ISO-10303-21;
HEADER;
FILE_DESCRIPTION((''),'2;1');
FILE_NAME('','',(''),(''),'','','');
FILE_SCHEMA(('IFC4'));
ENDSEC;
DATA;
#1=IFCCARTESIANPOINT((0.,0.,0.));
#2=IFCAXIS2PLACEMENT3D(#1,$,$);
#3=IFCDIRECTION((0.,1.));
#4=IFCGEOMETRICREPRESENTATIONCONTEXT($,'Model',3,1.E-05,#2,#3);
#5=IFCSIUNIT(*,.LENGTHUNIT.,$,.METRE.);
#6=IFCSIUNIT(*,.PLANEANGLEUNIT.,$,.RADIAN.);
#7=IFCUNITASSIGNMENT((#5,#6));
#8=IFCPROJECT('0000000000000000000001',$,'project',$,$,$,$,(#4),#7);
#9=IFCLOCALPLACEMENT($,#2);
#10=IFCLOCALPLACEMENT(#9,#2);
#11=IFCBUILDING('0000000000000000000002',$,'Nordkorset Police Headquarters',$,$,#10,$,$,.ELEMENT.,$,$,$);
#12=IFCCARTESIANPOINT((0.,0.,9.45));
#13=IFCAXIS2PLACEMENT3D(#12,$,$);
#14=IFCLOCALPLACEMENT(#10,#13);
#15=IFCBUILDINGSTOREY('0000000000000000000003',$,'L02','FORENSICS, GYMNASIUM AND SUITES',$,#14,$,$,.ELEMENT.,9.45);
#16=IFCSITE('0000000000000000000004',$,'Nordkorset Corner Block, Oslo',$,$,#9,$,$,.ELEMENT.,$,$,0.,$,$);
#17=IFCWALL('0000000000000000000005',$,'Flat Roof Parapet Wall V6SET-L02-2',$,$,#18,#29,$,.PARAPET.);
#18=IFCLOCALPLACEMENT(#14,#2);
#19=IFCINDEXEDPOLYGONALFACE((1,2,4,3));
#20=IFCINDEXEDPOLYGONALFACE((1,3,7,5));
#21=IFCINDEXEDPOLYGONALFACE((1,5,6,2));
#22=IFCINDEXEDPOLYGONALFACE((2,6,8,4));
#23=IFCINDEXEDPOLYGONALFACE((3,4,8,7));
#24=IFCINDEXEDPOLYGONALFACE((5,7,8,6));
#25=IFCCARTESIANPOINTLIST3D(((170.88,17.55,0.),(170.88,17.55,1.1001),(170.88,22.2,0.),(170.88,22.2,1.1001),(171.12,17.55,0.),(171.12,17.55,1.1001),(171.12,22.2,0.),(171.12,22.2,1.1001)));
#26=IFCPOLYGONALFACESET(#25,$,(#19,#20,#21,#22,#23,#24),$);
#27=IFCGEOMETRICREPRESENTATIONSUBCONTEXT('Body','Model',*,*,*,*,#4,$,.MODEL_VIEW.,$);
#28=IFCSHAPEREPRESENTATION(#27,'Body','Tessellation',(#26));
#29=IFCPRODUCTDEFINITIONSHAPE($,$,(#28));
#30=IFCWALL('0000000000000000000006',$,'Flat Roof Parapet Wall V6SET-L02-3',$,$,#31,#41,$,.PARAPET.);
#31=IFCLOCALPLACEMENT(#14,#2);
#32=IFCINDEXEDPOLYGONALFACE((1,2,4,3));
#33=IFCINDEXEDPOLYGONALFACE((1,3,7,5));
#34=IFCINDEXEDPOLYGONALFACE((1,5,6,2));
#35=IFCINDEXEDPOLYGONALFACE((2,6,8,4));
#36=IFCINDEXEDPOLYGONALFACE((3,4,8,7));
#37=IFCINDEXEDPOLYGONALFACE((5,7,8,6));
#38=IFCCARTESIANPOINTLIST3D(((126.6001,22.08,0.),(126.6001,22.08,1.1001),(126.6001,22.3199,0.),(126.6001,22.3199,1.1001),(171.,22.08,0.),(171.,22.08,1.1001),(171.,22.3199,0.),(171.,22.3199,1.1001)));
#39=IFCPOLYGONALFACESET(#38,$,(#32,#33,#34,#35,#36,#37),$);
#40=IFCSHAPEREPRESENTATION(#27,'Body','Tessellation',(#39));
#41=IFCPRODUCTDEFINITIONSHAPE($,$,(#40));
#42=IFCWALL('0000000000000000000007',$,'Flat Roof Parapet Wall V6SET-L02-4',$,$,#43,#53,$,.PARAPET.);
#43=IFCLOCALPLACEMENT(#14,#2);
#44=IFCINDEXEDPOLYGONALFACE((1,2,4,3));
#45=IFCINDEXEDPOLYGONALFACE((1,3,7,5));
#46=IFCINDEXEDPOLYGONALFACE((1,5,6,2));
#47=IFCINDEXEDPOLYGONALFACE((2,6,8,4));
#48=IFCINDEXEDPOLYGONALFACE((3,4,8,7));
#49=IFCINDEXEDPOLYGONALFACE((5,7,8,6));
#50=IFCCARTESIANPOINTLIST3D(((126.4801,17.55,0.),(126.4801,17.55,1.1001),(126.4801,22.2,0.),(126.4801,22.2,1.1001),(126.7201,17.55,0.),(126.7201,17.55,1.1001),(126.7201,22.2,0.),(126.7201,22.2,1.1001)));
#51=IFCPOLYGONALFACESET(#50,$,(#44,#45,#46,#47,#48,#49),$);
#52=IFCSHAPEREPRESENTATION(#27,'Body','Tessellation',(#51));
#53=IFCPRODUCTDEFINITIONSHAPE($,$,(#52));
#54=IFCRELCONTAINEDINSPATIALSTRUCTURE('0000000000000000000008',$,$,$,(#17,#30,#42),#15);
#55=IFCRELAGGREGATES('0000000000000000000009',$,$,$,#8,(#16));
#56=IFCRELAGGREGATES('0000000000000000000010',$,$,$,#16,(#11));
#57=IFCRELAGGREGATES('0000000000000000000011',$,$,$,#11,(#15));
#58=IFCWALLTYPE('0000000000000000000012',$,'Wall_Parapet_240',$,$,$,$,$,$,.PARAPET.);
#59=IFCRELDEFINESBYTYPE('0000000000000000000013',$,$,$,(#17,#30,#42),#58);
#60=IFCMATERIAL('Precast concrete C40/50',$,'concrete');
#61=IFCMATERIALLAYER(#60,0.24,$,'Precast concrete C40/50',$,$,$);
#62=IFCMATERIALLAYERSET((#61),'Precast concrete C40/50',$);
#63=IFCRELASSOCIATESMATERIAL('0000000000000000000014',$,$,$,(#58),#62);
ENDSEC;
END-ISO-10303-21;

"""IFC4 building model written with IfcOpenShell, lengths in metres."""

from ifc_helpers import new_model, si_unit, direction, frame, frame_2d, origin, place, context, subcontext, project, spatial, rectangle, extrude, material, layer, layer_set, type_object, element, save


model = new_model("IFC4")

# Units and contexts
model_context = context("Model", 3, precision=1e-05, world=origin(), true_north=direction((0.0, 1.0)))
body_context = subcontext(model_context, "Body", "Model", "MODEL_VIEW")
ifc_project = project(units=[si_unit("LENGTHUNIT", "METRE"), si_unit("PLANEANGLEUNIT", "RADIAN")], contexts=[model_context])

# Site, building, storey
site_placement = place(None, origin())
site = spatial("IfcSite", under=ifc_project, at=site_placement, Name="Nordkorset Corner Block, Oslo", CompositionType="ELEMENT", RefElevation=0.0)
building_placement = place(site_placement, origin())
building = spatial("IfcBuilding", under=site, at=building_placement, Name="Nordkorset Police Headquarters", CompositionType="ELEMENT")
storey_placement = place(building_placement, frame((0.0, 0.0, 9.45)))
storey = spatial("IfcBuildingStorey", under=building, at=storey_placement, Name="L02", Description="FORENSICS, GYMNASIUM AND SUITES", CompositionType="ELEMENT", Elevation=9.45)

# Walls
ifc_material_1 = material(Name="Precast concrete C40/50", Category="concrete")
ifc_layer_1 = layer(ifc_material_1, 0.24, Name="Precast concrete C40/50")
ifc_layer_set_1 = layer_set([ifc_layer_1], Name="Precast concrete C40/50")
wall_type = type_object("IfcWallType", Name="Wall_Parapet_240", PredefinedType="PARAPET", material=ifc_layer_set_1)
wall_1_placement = place(storey_placement, frame((171.0, 17.55, 0.0), z_axis=(0.0, 0.0, 1.0), x_axis=(0.0, 1.0, 0.0)))
element("IfcWall", 1, at=wall_1_placement, inside=storey, type_object=wall_type, Name="Flat Roof Parapet Wall V6SET-L02-2", PredefinedType="PARAPET", context=body_context, shape_type="SweptSolid", body=[
    extrude(rectangle(XDim=4.6499, YDim=0.24, at=frame_2d((2.325, 0.0))), origin(), (0.0, 0.0, 1.0), 1.1001),
])
wall_2_placement = place(storey_placement, frame((171.0, 22.2, 0.0), z_axis=(0.0, 0.0, 1.0), x_axis=(-1.0, 0.0, 0.0)))
element("IfcWall", 2, at=wall_2_placement, inside=storey, type_object=wall_type, Name="Flat Roof Parapet Wall V6SET-L02-3", PredefinedType="PARAPET", context=body_context, shape_type="SweptSolid", body=[
    extrude(rectangle(XDim=44.3999, YDim=0.24, at=frame_2d((22.2, 0.0))), origin(), (0.0, 0.0, 1.0), 1.1001),
])
wall_3_placement = place(storey_placement, frame((126.6001, 22.2, 0.0), z_axis=(0.0, 0.0, 1.0), x_axis=(0.0, -1.0, 0.0)))
element("IfcWall", 3, at=wall_3_placement, inside=storey, type_object=wall_type, Name="Flat Roof Parapet Wall V6SET-L02-4", PredefinedType="PARAPET", context=body_context, shape_type="SweptSolid", body=[
    extrude(rectangle(XDim=4.6499, YDim=0.24, at=frame_2d((2.325, 0.0))), origin(), (0.0, 0.0, 1.0), 1.1001),
])

save(model, "model.ifc")
